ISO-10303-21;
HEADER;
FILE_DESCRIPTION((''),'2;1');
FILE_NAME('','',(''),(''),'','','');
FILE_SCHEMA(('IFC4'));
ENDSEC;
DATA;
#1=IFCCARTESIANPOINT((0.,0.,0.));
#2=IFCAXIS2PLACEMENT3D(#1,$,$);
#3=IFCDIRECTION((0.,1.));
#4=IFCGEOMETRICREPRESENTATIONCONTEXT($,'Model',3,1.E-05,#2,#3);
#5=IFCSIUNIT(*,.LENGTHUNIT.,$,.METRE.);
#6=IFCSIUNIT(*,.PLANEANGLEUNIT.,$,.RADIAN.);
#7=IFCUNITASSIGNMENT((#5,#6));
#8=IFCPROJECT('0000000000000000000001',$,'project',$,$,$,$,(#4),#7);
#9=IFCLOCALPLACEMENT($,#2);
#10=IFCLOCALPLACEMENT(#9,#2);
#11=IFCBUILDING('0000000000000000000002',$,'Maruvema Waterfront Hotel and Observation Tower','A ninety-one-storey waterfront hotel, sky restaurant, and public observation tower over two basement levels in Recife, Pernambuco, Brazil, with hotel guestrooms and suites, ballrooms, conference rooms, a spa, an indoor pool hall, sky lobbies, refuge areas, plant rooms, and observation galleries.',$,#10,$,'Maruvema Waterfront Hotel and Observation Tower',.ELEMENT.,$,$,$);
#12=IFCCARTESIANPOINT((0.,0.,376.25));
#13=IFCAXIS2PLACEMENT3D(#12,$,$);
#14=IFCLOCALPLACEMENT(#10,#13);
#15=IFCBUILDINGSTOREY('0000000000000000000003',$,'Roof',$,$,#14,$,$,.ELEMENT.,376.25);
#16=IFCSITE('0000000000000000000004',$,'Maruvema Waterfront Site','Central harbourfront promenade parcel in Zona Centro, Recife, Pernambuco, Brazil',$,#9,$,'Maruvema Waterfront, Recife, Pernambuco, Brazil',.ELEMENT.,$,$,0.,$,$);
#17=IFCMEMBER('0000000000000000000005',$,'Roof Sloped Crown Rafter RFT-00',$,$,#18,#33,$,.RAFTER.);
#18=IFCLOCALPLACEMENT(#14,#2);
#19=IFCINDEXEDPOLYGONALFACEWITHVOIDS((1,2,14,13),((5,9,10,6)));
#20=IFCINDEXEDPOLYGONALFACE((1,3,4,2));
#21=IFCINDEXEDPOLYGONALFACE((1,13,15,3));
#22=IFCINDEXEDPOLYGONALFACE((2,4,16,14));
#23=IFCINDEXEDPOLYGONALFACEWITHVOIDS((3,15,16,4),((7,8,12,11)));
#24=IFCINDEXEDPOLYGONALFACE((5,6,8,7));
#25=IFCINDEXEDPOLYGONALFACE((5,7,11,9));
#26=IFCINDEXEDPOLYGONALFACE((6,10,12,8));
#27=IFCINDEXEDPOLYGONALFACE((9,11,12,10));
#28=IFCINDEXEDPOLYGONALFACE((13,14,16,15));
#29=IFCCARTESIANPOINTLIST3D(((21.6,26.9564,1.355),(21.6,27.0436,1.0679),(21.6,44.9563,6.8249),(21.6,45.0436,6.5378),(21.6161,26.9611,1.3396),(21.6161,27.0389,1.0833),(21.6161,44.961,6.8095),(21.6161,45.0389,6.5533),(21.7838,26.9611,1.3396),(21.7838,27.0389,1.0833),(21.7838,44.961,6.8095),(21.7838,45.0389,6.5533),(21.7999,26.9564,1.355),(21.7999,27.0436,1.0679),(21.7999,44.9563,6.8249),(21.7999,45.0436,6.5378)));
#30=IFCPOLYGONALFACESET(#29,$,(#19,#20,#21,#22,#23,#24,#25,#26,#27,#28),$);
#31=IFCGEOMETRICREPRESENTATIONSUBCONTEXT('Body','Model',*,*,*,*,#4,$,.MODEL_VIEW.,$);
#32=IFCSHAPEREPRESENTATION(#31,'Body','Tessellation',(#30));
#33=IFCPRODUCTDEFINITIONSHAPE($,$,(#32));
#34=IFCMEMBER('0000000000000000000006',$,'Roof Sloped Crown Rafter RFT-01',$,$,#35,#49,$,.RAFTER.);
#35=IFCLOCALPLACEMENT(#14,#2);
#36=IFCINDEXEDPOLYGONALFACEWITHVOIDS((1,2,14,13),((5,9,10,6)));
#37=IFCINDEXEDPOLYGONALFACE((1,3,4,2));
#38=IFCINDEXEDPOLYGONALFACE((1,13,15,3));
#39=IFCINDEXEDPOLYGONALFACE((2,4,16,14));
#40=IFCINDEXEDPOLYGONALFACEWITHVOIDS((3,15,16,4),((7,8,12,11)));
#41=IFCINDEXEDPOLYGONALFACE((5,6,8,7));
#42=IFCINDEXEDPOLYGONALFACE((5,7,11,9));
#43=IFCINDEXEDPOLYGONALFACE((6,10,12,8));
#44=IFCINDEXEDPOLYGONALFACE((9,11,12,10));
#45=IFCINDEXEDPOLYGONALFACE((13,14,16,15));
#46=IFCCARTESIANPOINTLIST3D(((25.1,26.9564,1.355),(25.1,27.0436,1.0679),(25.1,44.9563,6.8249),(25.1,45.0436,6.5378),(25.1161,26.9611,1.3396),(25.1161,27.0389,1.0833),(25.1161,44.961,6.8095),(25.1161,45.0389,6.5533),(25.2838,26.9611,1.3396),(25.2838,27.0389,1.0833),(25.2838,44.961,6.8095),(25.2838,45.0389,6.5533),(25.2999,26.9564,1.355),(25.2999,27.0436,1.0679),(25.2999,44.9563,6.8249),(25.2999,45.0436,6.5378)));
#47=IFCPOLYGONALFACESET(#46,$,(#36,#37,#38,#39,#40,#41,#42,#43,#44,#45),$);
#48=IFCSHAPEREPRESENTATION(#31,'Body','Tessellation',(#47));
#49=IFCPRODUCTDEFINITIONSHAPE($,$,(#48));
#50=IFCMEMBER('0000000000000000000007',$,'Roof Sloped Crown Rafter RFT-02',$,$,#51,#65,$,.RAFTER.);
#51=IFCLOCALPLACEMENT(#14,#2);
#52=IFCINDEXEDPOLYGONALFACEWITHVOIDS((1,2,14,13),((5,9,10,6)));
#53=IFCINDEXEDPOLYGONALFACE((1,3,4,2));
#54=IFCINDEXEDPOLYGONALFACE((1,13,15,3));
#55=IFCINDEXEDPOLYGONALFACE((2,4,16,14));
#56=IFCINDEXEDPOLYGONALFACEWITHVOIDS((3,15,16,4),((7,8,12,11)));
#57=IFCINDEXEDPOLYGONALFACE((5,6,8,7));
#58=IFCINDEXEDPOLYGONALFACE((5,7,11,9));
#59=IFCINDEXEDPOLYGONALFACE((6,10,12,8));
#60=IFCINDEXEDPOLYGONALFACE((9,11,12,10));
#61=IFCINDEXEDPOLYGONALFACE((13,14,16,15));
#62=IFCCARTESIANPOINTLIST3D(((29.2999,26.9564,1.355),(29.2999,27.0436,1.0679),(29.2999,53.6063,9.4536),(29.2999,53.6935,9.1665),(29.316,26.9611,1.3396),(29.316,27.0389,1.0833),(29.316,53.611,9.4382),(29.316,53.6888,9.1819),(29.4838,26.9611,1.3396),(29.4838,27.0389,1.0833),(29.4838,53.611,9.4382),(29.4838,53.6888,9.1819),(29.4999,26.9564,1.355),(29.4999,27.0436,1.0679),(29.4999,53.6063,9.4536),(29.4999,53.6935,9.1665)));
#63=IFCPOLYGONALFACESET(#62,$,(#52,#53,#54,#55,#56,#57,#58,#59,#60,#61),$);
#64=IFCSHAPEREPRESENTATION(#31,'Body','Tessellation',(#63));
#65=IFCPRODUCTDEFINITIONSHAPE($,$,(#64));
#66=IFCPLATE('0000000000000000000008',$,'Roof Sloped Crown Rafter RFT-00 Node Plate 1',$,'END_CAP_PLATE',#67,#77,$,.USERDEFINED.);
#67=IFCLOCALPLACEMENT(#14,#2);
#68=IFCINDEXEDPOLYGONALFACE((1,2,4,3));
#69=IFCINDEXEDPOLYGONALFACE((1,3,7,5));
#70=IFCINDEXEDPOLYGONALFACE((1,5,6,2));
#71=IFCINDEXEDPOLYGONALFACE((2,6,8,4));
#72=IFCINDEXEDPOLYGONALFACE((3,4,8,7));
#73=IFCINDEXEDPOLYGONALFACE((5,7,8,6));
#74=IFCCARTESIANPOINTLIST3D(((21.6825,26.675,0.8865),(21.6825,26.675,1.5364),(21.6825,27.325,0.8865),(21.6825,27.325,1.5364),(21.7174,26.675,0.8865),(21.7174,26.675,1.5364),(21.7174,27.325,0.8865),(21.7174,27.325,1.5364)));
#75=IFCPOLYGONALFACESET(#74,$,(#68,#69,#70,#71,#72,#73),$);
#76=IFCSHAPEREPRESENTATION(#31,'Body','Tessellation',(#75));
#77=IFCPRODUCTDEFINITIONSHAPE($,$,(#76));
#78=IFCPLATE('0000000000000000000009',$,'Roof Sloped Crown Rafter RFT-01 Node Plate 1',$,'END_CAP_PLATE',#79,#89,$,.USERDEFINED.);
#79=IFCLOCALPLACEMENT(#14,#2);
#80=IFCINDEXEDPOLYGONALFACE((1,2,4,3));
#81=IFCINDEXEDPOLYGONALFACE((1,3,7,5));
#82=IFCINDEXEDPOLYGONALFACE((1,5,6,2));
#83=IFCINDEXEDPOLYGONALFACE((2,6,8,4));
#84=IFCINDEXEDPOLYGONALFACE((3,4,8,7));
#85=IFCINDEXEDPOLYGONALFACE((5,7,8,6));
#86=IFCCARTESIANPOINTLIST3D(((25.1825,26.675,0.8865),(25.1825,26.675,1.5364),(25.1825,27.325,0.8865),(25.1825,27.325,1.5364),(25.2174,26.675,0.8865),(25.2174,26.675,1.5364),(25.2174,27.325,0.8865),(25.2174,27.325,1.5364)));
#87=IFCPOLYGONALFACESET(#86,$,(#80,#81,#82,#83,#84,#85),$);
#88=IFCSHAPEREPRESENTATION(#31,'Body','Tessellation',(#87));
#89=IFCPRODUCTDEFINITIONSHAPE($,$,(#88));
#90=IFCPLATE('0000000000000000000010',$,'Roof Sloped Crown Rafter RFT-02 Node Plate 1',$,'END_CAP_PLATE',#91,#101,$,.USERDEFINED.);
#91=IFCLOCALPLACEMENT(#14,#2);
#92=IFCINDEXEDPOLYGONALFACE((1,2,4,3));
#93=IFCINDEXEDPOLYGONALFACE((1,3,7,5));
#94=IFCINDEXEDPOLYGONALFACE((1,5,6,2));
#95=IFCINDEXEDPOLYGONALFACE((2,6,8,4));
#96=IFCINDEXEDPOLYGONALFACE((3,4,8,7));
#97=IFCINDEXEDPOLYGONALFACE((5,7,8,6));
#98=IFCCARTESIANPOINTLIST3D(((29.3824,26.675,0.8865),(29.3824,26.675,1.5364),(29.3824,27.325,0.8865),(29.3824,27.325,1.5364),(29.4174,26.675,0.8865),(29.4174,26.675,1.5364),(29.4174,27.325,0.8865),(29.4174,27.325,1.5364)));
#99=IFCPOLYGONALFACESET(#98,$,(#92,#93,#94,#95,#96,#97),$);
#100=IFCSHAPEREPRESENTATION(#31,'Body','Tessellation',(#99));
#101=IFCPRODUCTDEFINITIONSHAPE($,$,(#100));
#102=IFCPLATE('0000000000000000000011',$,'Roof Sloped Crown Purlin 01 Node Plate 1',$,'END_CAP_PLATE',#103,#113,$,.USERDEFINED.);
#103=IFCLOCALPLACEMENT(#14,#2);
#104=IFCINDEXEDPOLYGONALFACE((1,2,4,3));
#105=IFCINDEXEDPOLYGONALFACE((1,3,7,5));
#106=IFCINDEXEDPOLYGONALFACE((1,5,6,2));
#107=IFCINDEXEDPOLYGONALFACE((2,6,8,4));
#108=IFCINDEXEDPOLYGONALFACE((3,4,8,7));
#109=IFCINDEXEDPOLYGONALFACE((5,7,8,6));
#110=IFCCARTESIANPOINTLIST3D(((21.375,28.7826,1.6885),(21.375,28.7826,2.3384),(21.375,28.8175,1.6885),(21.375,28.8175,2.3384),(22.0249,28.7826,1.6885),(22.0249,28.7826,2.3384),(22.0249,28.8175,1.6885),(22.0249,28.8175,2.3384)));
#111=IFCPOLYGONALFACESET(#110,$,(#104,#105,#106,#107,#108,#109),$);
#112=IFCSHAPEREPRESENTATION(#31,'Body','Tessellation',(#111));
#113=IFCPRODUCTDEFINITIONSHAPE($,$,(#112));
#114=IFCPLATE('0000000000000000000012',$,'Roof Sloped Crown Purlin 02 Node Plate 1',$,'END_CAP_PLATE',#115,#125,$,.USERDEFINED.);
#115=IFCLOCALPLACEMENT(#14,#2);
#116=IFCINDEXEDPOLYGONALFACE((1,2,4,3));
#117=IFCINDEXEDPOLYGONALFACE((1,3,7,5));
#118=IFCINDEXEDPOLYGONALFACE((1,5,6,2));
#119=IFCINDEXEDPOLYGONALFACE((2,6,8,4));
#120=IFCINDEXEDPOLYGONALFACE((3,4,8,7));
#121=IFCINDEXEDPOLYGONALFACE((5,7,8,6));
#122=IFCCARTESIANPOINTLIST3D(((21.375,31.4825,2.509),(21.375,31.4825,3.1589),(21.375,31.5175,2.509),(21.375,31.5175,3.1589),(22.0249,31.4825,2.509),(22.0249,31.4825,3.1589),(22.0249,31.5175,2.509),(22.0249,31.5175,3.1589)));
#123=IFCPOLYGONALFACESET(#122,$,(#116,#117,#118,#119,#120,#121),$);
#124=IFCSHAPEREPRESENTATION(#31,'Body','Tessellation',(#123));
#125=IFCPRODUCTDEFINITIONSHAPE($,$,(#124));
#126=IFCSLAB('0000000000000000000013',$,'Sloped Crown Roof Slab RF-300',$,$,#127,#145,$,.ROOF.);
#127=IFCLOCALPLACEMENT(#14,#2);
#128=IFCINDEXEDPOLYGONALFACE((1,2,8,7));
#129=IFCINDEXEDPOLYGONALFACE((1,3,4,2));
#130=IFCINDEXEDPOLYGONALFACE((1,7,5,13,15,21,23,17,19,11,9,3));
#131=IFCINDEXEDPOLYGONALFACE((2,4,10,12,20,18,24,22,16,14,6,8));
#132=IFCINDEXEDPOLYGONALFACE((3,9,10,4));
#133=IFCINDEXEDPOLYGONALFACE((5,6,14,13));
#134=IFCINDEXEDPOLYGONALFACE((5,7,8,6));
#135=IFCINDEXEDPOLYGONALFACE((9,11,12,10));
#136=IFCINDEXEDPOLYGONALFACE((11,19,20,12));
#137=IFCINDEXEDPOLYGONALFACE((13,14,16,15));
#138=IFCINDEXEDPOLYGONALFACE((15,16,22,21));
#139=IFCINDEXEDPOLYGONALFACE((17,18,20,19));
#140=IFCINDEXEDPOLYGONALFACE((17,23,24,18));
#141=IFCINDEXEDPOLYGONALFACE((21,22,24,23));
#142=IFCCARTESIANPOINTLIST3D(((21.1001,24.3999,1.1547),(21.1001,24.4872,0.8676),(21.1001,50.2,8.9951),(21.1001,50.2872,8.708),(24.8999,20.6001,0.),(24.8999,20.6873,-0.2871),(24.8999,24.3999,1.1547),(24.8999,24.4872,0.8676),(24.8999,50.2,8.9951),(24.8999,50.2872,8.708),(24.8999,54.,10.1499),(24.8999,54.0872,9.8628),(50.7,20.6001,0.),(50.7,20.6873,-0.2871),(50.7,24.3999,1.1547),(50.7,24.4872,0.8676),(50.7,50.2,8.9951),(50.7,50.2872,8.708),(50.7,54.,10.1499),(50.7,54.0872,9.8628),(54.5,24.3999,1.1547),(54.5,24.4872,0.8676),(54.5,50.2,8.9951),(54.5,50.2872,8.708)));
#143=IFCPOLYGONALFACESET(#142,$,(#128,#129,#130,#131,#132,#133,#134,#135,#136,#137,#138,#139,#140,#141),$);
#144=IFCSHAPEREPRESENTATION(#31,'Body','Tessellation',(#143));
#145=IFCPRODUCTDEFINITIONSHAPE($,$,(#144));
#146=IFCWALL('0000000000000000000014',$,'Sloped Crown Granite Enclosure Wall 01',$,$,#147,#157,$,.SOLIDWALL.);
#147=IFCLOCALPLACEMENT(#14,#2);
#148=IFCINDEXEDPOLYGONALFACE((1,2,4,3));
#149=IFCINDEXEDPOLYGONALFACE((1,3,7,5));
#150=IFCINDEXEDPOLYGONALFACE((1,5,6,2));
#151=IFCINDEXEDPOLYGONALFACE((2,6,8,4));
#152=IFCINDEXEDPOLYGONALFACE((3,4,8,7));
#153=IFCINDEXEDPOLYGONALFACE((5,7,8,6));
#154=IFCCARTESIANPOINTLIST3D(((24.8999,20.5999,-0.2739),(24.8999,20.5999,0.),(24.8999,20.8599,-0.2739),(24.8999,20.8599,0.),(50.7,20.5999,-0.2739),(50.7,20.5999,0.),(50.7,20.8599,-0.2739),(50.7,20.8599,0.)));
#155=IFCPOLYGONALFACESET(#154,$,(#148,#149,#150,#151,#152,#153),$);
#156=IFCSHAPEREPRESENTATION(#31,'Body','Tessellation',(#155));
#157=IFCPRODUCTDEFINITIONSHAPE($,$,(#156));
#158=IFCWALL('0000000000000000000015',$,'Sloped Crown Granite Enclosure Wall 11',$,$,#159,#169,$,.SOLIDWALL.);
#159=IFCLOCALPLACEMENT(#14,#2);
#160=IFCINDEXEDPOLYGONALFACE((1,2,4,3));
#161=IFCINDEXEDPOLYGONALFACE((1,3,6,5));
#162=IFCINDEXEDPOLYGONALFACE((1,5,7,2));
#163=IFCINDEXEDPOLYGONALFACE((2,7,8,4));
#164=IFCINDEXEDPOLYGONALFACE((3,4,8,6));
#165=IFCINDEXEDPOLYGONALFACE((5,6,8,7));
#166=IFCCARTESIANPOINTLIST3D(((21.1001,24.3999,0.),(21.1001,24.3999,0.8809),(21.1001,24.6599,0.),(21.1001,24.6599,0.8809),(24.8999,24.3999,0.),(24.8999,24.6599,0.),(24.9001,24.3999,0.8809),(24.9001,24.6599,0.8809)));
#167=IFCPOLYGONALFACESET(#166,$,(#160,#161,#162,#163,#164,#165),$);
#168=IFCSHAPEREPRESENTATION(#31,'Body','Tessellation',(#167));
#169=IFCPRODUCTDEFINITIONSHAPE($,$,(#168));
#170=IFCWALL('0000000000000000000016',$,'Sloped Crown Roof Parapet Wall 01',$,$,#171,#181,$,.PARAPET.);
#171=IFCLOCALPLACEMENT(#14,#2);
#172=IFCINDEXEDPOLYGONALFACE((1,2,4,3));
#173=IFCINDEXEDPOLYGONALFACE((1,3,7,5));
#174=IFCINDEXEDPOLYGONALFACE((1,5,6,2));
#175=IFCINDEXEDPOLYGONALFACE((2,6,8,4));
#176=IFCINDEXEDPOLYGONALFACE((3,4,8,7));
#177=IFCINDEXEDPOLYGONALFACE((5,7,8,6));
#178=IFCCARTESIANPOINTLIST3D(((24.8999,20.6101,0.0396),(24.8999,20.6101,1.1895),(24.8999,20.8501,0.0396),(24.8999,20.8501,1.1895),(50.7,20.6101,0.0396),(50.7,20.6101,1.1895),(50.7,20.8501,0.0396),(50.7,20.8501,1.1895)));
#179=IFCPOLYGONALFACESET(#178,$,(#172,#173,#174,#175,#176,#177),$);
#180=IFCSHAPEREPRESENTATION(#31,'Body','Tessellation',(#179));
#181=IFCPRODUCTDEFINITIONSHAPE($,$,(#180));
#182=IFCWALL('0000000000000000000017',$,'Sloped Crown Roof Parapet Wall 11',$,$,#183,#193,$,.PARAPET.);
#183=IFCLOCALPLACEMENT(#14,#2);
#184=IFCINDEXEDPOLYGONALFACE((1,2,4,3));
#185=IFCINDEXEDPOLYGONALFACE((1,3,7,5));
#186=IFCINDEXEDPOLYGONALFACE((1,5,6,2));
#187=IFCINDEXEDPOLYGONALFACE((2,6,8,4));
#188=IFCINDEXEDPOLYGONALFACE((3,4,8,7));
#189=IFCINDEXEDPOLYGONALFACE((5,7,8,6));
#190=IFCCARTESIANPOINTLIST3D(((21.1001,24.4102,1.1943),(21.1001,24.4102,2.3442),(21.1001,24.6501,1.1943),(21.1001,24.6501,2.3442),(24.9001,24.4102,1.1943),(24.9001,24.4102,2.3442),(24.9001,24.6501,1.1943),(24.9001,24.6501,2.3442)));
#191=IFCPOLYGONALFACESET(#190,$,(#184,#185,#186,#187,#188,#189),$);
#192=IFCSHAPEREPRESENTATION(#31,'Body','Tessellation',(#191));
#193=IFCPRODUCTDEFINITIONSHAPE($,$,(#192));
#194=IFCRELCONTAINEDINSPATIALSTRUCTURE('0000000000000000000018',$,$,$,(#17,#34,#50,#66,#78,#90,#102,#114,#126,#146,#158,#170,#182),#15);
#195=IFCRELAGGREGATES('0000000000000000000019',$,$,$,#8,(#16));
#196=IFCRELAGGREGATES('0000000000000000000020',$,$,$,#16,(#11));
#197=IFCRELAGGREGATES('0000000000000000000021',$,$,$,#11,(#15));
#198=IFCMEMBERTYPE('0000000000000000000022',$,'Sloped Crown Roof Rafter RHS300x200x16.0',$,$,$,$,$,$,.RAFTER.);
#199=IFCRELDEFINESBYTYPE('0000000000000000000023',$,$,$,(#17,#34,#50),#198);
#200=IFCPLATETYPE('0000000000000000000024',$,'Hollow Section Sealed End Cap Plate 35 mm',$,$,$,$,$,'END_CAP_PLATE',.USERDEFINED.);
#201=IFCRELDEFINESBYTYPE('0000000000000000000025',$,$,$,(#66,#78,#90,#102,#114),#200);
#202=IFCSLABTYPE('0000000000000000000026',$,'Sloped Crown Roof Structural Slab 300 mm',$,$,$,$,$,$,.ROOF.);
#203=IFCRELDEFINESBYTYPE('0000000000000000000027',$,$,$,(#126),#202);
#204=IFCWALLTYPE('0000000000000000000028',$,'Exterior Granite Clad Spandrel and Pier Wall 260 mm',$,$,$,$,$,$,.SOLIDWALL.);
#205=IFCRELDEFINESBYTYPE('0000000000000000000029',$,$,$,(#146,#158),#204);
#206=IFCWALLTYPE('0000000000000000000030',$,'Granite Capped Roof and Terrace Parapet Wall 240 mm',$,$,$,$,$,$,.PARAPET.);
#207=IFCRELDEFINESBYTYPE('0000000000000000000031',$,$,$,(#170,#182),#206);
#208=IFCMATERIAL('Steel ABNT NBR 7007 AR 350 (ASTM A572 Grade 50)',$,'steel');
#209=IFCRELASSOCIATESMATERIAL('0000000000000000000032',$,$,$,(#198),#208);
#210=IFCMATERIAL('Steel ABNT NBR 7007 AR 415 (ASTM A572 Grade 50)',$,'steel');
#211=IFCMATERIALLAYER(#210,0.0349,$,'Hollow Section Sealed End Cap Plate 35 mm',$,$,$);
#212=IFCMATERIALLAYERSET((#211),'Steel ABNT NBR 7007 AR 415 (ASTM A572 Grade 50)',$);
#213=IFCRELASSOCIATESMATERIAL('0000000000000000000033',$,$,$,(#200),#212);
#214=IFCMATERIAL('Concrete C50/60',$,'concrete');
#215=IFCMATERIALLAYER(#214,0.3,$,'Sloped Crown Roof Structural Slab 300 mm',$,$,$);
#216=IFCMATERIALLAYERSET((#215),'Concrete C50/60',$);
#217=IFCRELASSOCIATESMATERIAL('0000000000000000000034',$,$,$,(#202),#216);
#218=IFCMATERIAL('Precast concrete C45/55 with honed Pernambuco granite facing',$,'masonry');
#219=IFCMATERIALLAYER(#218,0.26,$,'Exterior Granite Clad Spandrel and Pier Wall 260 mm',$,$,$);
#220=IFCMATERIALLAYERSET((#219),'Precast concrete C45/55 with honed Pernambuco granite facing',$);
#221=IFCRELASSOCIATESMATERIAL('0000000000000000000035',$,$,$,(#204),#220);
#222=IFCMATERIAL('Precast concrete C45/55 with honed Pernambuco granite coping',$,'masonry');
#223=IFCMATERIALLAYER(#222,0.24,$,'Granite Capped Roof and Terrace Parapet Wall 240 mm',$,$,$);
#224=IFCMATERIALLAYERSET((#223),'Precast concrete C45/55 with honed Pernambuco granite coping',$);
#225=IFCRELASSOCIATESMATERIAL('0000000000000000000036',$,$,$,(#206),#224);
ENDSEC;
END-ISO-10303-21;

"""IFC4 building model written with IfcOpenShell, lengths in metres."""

from ifc_helpers import new_model, si_unit, direction, frame, origin, origin_2d, place, context, subcontext, project, spatial, polyline, rectangle, hollow_rectangle, outline, extrude, material, layer, layer_set, material_profile, profile_set, type_object, element, save


model = new_model("IFC4")

# Units and contexts
model_context = context("Model", 3, precision=1e-05, world=origin(), true_north=direction((0.0, 1.0)))
body_context = subcontext(model_context, "Body", "Model", "MODEL_VIEW")
ifc_project = project(units=[si_unit("LENGTHUNIT", "METRE"), si_unit("PLANEANGLEUNIT", "RADIAN")], contexts=[model_context])

# Site, building, storey
site_placement = place(None, origin())
site = spatial("IfcSite", under=ifc_project, at=site_placement, Name="Maruvema Waterfront Site", Description="Central harbourfront promenade parcel in Zona Centro, Recife, Pernambuco, Brazil", LongName="Maruvema Waterfront, Recife, Pernambuco, Brazil", CompositionType="ELEMENT", RefElevation=0.0)
building_placement = place(site_placement, origin())
building = spatial("IfcBuilding", under=site, at=building_placement, Name="Maruvema Waterfront Hotel and Observation Tower", Description="A ninety-one-storey waterfront hotel, sky restaurant, and public observation tower over two basement levels in Recife, Pernambuco, Brazil, with hotel guestrooms and suites, ballrooms, conference rooms, a spa, an indoor pool hall, sky lobbies, refuge areas, plant rooms, and observation galleries.", LongName="Maruvema Waterfront Hotel and Observation Tower", CompositionType="ELEMENT")
storey_placement = place(building_placement, frame((0.0, 0.0, 376.25)))
storey = spatial("IfcBuildingStorey", under=building, at=storey_placement, Name="Roof", CompositionType="ELEMENT", Elevation=376.25)

# Members
ifc_material_1 = material(Name="Steel ABNT NBR 7007 AR 350 (ASTM A572 Grade 50)", Category="steel")
ifc_material_profile_1 = material_profile(ifc_material_1, hollow_rectangle(XDim=0.2, YDim=0.3, WallThickness=0.0161, at=origin_2d()), Name="RHS300x200x16.0")
ifc_profile_set_1 = profile_set([ifc_material_profile_1], Name="Steel ABNT NBR 7007 AR 350 (ASTM A572 Grade 50)")
member_type_1 = type_object("IfcMemberType", Name="Sloped Crown Roof Rafter RHS300x200x16.0", PredefinedType="RAFTER", material=ifc_profile_set_1)
for number, where, z_axis, x_axis, name in (
    (1, (21.7, 27.0, 1.2114), (0.0, 0.956797, 0.290758), (-1.0, 0.0, 0.0), "Roof Sloped Crown Rafter RFT-00"),
    (2, (25.2, 27.0, 1.2114), (0.0, 0.956797, 0.290758), (-1.0, 0.0, 0.0), "Roof Sloped Crown Rafter RFT-01"),
):
    element("IfcMember", number, at=place(storey_placement, frame(where, z_axis=z_axis, x_axis=x_axis)), inside=storey, type_object=member_type_1, Name=name, PredefinedType="RAFTER", context=body_context, shape_type="SweptSolid", body=[
        extrude(hollow_rectangle(XDim=0.2, YDim=0.3, WallThickness=0.0161, at=origin_2d()), origin(), (0.0, 0.0, 1.0), 18.8127),
    ])
member_placement = place(storey_placement, frame((29.3999, 27.0, 1.2114), z_axis=(0.0, 0.956796, 0.29076), x_axis=(-1.0, 0.0, 0.0)))
element("IfcMember", 3, at=member_placement, inside=storey, type_object=member_type_1, Name="Roof Sloped Crown Rafter RFT-02", PredefinedType="RAFTER", context=body_context, shape_type="SweptSolid", body=[
    extrude(hollow_rectangle(XDim=0.2, YDim=0.3, WallThickness=0.0161, at=origin_2d()), origin(), (0.0, 0.0, 1.0), 27.8533),
])

# Plates
ifc_material_2 = material(Name="Steel ABNT NBR 7007 AR 415 (ASTM A572 Grade 50)", Category="steel")
ifc_layer_1 = layer(ifc_material_2, 0.0349, Name="Hollow Section Sealed End Cap Plate 35 mm")
ifc_layer_set_1 = layer_set([ifc_layer_1], Name="Steel ABNT NBR 7007 AR 415 (ASTM A572 Grade 50)")
plate_type = type_object("IfcPlateType", Name="Hollow Section Sealed End Cap Plate 35 mm", ElementType="END_CAP_PLATE", PredefinedType="USERDEFINED", material=ifc_layer_set_1)
for number, where, z_axis, x_axis, name in (
    (4, (21.7, 27.0, 0.8865), (0.0, 0.0, 1.0), (0.0, 1.0, 0.0), "Roof Sloped Crown Rafter RFT-00 Node Plate 1"),
    (5, (25.2, 27.0, 0.8865), (0.0, 0.0, 1.0), (0.0, 1.0, 0.0), "Roof Sloped Crown Rafter RFT-01 Node Plate 1"),
    (6, (29.3999, 27.0, 0.8865), (0.0, 0.0, 1.0), (0.0, 1.0, 0.0), "Roof Sloped Crown Rafter RFT-02 Node Plate 1"),
    (7, (21.7, 28.8, 1.6885), (0.0, 0.0, 1.0), (1.0, 0.0, 0.0), "Roof Sloped Crown Purlin 01 Node Plate 1"),
    (8, (21.7, 31.5, 2.509), (0.0, 0.0, 1.0), (1.0, 0.0, 0.0), "Roof Sloped Crown Purlin 02 Node Plate 1"),
):
    element("IfcPlate", number, at=place(storey_placement, frame(where, z_axis=z_axis, x_axis=x_axis)), inside=storey, type_object=plate_type, Name=name, ObjectType="END_CAP_PLATE", PredefinedType="USERDEFINED", context=body_context, shape_type="SweptSolid", body=[
        extrude(rectangle(XDim=0.6499, YDim=0.0349, at=origin_2d()), origin(), (0.0, 0.0, 1.0), 0.6499),
    ])

# Slab
ifc_material_3 = material(Name="Concrete C50/60", Category="concrete")
ifc_layer_2 = layer(ifc_material_3, 0.3, Name="Sloped Crown Roof Structural Slab 300 mm")
ifc_layer_set_2 = layer_set([ifc_layer_2], Name="Concrete C50/60")
slab_type = type_object("IfcSlabType", Name="Sloped Crown Roof Structural Slab 300 mm", PredefinedType="ROOF", material=ifc_layer_set_2)
slab_placement = place(storey_placement, frame((24.8999, 20.6001, 0.0), z_axis=(0.0, -0.290761, 0.956796), x_axis=(1.0, 0.0, 0.0)))
element("IfcSlab", 9, at=slab_placement, inside=storey, type_object=slab_type, Name="Sloped Crown Roof Slab RF-300", PredefinedType="ROOF", context=body_context, shape_type="SweptSolid", body=[
    extrude(outline(polyline([(0.0, 0.0), (25.8, 0.0), (25.8, 3.9714), (29.6001, 3.9714), (29.6001, 30.9364), (25.8, 30.9364), (25.8, 34.9081), (0.0, 34.9081), (0.0, 30.9364), (-3.7998, 30.9364), (-3.7998, 3.9714), (0.0, 3.9714), (0.0, 0.0)])), origin(), (0.0, 0.0, -1.0), 0.3),
])

# Walls
ifc_material_4 = material(Name="Precast concrete C45/55 with honed Pernambuco granite facing", Category="masonry")
ifc_layer_3 = layer(ifc_material_4, 0.26, Name="Exterior Granite Clad Spandrel and Pier Wall 260 mm")
ifc_layer_set_3 = layer_set([ifc_layer_3], Name="Precast concrete C45/55 with honed Pernambuco granite facing")
wall_type_1 = type_object("IfcWallType", Name="Exterior Granite Clad Spandrel and Pier Wall 260 mm", PredefinedType="SOLIDWALL", material=ifc_layer_set_3)
wall_1_placement = place(storey_placement, frame((24.8999, 20.73, 0.0), z_axis=(0.0, 0.0, 1.0), x_axis=(1.0, 0.0, 0.0)))
element("IfcWall", 10, at=wall_1_placement, inside=storey, type_object=wall_type_1, Name="Sloped Crown Granite Enclosure Wall 01", PredefinedType="SOLIDWALL", context=body_context, shape_type="SweptSolid", body=[
    extrude(outline(polyline([(0.0, 0.0), (25.8, 0.0), (25.8, -0.2739), (0.0, -0.2739), (0.0, 0.0)])), frame((0.0, 0.1299, 0.0), z_axis=(0.0, -1.0, 0.0), x_axis=(1.0, 0.0, 0.0)), (0.0, 0.0, 1.0), 0.26),
])
wall_2_placement = place(storey_placement, frame((21.1001, 24.53, 0.0), z_axis=(0.0, 0.0, 1.0), x_axis=(1.0, 0.0, 0.0)))
element("IfcWall", 11, at=wall_2_placement, inside=storey, type_object=wall_type_1, Name="Sloped Crown Granite Enclosure Wall 11", PredefinedType="SOLIDWALL", context=body_context, shape_type="SweptSolid", body=[
    extrude(outline(polyline([(0.0, 0.0), (3.7998, 0.0), (3.8, 0.8809), (0.0, 0.8809), (0.0, 0.0)])), frame((0.0, 0.1299, 0.0), z_axis=(0.0, -1.0, 0.0), x_axis=(1.0, 0.0, 0.0)), (0.0, 0.0, 1.0), 0.26),
])
ifc_material_5 = material(Name="Precast concrete C45/55 with honed Pernambuco granite coping", Category="masonry")
ifc_layer_4 = layer(ifc_material_5, 0.24, Name="Granite Capped Roof and Terrace Parapet Wall 240 mm")
ifc_layer_set_4 = layer_set([ifc_layer_4], Name="Precast concrete C45/55 with honed Pernambuco granite coping")
wall_type_2 = type_object("IfcWallType", Name="Granite Capped Roof and Terrace Parapet Wall 240 mm", PredefinedType="PARAPET", material=ifc_layer_set_4)
wall_3_placement = place(storey_placement, frame((24.8999, 20.73, 0.0396), z_axis=(0.0, 0.0, 1.0), x_axis=(1.0, 0.0, 0.0)))
element("IfcWall", 12, at=wall_3_placement, inside=storey, type_object=wall_type_2, Name="Sloped Crown Roof Parapet Wall 01", PredefinedType="PARAPET", context=body_context, shape_type="SweptSolid", body=[
    extrude(outline(polyline([(0.0, 0.0), (25.8, 0.0), (25.8, 1.1499), (0.0, 1.1499), (0.0, 0.0)])), frame((0.0, 0.1201, 0.0), z_axis=(0.0, -1.0, 0.0), x_axis=(1.0, 0.0, 0.0)), (0.0, 0.0, 1.0), 0.24),
])
wall_4_placement = place(storey_placement, frame((21.1001, 24.53, 1.1943), z_axis=(0.0, 0.0, 1.0), x_axis=(1.0, 0.0, 0.0)))
element("IfcWall", 13, at=wall_4_placement, inside=storey, type_object=wall_type_2, Name="Sloped Crown Roof Parapet Wall 11", PredefinedType="PARAPET", context=body_context, shape_type="SweptSolid", body=[
    extrude(outline(polyline([(0.0, 0.0), (3.8, 0.0), (3.8, 1.1499), (0.0, 1.1499), (0.0, 0.0)])), frame((0.0, 0.1201, 0.0), z_axis=(0.0, -1.0, 0.0), x_axis=(1.0, 0.0, 0.0)), (0.0, 0.0, 1.0), 0.24),
])

save(model, "model.ifc")
